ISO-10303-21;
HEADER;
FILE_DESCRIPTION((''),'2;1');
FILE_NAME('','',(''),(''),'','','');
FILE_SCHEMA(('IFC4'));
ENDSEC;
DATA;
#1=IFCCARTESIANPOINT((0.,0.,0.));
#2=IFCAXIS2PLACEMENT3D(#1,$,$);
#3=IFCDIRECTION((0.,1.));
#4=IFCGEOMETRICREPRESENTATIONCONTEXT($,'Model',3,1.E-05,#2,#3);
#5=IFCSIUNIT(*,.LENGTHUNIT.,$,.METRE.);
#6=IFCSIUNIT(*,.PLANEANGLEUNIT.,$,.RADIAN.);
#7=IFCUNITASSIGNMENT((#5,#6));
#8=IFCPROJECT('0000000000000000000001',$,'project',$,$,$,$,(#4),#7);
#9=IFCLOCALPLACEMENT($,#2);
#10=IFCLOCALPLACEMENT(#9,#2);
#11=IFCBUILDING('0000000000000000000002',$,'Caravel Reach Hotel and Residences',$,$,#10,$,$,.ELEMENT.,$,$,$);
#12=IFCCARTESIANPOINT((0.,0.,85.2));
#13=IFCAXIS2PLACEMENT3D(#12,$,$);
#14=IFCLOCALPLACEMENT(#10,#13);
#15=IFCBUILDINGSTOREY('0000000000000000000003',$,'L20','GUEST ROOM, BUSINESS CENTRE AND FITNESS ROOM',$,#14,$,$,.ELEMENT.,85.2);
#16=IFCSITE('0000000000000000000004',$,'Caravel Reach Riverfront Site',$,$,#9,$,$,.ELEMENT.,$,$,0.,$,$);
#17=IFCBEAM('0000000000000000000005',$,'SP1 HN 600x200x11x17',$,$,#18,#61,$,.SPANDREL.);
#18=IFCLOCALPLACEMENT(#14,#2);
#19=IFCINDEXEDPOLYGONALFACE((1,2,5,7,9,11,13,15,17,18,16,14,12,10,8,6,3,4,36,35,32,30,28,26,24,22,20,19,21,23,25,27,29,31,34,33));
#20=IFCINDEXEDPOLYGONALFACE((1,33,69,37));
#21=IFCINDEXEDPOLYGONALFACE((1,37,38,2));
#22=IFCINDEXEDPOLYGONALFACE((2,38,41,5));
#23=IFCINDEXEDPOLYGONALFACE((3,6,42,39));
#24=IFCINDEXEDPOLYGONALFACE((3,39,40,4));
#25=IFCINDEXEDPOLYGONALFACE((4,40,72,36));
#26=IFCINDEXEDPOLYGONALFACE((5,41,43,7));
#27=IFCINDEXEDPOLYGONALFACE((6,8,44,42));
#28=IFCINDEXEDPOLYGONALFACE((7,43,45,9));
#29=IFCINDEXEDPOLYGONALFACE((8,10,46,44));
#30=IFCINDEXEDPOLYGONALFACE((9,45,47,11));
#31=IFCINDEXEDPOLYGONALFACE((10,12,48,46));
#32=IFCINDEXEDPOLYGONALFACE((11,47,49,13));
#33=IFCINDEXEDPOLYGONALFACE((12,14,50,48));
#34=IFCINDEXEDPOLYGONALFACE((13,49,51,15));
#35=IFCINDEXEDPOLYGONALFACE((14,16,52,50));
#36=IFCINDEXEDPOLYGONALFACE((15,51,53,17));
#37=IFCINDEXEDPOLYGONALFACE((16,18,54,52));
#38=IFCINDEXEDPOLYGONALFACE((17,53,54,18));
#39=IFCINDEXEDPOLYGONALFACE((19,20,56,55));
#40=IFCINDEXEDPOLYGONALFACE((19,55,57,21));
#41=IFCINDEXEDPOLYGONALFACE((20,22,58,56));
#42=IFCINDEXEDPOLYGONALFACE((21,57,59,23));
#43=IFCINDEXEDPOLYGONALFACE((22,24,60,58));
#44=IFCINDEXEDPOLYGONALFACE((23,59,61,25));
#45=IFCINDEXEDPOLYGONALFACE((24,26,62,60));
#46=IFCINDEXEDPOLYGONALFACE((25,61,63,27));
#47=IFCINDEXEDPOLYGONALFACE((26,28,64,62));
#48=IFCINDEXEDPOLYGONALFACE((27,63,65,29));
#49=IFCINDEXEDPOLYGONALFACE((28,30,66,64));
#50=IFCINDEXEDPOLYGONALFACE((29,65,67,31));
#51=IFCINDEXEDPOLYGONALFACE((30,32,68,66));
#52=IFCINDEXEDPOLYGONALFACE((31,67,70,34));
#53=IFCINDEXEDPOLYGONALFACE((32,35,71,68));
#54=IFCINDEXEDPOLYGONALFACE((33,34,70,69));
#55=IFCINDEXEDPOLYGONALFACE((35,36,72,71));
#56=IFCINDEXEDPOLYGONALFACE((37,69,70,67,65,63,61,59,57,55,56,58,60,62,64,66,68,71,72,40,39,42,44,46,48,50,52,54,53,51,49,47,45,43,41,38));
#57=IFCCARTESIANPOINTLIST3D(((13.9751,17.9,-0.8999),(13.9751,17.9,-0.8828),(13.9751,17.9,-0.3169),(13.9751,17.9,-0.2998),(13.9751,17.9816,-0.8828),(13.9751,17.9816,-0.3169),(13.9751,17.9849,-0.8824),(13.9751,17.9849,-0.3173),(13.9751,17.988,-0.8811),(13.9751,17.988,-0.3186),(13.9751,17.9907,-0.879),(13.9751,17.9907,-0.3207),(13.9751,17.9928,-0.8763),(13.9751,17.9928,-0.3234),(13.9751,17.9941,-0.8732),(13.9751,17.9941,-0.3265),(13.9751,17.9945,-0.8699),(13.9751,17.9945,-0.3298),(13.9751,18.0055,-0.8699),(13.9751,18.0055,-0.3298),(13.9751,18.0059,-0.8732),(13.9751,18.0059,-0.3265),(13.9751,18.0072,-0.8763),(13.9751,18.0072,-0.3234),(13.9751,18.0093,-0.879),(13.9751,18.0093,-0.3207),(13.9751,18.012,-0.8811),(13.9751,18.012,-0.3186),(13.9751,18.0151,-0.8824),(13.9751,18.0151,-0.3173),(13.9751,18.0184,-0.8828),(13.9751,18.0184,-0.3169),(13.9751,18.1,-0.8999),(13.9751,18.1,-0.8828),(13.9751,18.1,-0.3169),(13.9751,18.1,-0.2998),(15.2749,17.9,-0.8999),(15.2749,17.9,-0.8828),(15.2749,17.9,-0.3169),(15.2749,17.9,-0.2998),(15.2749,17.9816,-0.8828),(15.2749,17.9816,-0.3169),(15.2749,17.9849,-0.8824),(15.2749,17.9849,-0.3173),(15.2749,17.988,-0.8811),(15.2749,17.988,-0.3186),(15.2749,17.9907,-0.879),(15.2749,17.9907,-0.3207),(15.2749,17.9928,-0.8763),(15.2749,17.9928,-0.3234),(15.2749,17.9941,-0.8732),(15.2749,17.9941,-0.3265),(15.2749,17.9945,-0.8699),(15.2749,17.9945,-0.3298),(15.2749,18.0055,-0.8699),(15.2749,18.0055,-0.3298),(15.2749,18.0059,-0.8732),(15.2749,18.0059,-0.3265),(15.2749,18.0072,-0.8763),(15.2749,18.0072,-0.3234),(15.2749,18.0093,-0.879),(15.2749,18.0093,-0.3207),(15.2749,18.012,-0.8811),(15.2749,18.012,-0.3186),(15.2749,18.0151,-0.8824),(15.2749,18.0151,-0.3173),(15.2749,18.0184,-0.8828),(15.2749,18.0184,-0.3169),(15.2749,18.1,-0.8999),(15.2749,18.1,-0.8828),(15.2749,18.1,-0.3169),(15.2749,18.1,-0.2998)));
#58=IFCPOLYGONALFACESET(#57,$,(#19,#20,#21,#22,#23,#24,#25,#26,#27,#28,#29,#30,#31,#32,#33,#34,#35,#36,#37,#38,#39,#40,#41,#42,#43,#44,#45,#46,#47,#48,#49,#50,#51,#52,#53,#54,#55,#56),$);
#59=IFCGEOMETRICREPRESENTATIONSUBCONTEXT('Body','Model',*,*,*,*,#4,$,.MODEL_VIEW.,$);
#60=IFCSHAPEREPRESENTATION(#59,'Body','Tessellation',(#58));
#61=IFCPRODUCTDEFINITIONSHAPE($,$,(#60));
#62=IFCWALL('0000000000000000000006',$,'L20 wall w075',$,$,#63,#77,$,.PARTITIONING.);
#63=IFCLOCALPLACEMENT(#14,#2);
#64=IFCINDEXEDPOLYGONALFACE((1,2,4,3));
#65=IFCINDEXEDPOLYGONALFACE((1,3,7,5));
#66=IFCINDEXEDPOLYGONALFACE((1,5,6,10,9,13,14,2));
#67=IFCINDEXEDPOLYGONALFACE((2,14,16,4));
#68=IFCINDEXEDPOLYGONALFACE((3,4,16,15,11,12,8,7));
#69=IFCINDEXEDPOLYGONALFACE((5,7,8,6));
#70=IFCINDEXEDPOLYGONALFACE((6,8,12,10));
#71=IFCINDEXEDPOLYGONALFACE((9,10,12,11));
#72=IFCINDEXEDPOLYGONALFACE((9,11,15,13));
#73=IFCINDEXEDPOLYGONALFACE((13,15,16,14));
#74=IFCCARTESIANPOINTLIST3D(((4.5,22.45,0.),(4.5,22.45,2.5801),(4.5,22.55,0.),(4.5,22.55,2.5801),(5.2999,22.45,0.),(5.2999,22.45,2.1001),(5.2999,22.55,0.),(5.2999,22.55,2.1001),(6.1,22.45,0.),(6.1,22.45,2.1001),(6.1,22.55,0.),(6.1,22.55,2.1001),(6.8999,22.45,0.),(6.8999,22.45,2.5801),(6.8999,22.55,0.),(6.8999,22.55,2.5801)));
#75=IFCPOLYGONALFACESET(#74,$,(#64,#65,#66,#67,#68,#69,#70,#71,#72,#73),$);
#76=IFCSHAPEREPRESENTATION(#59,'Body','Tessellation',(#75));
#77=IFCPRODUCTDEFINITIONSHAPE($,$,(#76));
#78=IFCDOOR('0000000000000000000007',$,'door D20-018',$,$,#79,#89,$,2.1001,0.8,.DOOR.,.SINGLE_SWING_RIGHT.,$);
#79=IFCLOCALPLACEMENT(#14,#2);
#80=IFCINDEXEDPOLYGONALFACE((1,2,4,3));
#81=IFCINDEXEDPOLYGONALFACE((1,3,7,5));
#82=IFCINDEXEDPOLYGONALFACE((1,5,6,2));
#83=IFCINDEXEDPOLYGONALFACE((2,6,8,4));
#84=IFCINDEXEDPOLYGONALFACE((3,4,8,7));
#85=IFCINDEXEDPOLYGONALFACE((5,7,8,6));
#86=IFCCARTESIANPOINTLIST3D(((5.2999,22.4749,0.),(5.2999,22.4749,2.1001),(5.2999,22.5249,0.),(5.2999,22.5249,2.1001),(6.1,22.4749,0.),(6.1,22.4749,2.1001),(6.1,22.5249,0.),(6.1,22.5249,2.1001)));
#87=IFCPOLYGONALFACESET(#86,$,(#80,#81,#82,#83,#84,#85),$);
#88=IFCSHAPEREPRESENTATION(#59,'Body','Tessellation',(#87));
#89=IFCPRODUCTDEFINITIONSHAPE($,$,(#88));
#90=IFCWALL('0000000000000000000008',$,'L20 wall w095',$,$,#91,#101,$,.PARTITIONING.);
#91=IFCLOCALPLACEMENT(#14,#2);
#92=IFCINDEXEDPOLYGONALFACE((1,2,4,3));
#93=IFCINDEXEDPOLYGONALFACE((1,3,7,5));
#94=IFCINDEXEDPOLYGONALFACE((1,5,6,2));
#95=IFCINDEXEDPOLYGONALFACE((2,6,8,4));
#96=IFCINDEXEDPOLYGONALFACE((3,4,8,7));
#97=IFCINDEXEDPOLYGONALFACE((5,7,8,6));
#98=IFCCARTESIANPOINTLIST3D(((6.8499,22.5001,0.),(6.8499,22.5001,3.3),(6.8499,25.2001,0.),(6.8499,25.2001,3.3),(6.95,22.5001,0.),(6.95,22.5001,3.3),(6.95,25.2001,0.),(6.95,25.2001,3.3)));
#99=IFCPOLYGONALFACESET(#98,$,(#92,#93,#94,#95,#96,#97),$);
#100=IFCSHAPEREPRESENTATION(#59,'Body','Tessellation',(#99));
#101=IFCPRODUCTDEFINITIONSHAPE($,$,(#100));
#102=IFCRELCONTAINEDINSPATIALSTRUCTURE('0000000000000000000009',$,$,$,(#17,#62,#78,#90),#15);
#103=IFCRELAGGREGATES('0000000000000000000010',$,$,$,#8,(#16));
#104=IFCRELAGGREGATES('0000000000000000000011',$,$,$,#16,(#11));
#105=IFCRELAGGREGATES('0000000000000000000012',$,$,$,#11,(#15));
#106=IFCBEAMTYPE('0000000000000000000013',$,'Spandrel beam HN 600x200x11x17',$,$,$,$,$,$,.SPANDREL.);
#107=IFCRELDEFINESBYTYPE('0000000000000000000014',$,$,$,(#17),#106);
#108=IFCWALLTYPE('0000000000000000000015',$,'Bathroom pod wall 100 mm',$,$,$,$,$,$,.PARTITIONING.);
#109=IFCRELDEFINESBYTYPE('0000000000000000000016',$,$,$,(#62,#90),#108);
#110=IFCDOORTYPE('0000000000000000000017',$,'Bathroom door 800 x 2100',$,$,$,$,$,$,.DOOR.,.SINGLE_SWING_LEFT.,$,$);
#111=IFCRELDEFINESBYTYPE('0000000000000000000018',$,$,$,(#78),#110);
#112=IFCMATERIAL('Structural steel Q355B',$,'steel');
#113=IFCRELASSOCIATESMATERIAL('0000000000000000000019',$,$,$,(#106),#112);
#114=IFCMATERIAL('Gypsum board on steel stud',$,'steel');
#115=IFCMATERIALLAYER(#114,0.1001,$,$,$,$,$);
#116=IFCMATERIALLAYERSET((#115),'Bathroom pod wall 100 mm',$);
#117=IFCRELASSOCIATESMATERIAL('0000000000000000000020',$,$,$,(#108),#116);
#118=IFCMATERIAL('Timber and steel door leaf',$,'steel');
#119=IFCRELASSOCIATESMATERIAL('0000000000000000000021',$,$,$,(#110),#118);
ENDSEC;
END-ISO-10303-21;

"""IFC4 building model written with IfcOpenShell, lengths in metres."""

from ifc_helpers import new_model, si_unit, direction, frame, frame_2d, origin, origin_2d, place, context, subcontext, project, spatial, rectangle, i_section, extrude, material, layer, layer_set, material_profile, profile_set, type_object, element, fill, save


model = new_model("IFC4")

# Units and contexts
model_context = context("Model", 3, precision=1e-05, world=origin(), true_north=direction((0.0, 1.0)))
body_context = subcontext(model_context, "Body", "Model", "MODEL_VIEW")
ifc_project = project(units=[si_unit("LENGTHUNIT", "METRE"), si_unit("PLANEANGLEUNIT", "RADIAN")], contexts=[model_context])

# Site, building, storey
site_placement = place(None, origin())
site = spatial("IfcSite", under=ifc_project, at=site_placement, Name="Caravel Reach Riverfront Site", CompositionType="ELEMENT", RefElevation=0.0)
building_placement = place(site_placement, origin())
building = spatial("IfcBuilding", under=site, at=building_placement, Name="Caravel Reach Hotel and Residences", CompositionType="ELEMENT")
storey_placement = place(building_placement, frame((0.0, 0.0, 85.2)))
storey = spatial("IfcBuildingStorey", under=building, at=storey_placement, Name="L20", Description="GUEST ROOM, BUSINESS CENTRE AND FITNESS ROOM", CompositionType="ELEMENT", Elevation=85.2)

# Beam
ifc_material_1 = material(Name="Structural steel Q355B", Category="steel")
ifc_material_profile_1 = material_profile(ifc_material_1, i_section(OverallWidth=0.2, OverallDepth=0.6001, WebThickness=0.011, FlangeThickness=0.0171, FilletRadius=0.0129, at=origin_2d()), Name="HN 600x200x11x17")
ifc_profile_set_1 = profile_set([ifc_material_profile_1], Name="Structural steel Q355B")
beam_type_1 = type_object("IfcBeamType", Name="Spandrel beam HN 600x200x11x17", PredefinedType="SPANDREL", material=ifc_profile_set_1)
for number, where, z_axis, x_axis, name in (
    (1, (13.9751, 18.0, -0.5999), (1.0, 0.0, 0.0), (0.0, 1.0, 0.0), "SP1 HN 600x200x11x17"),
):
    element("IfcBeam", number, at=place(storey_placement, frame(where, z_axis=z_axis, x_axis=x_axis)), inside=storey, type_object=beam_type_1, Name=name, PredefinedType="SPANDREL", context=body_context, shape_type="SweptSolid", body=[
        extrude(i_section(OverallWidth=0.2, OverallDepth=0.6001, WebThickness=0.011, FlangeThickness=0.0171, FilletRadius=0.0129, at=origin_2d()), origin(), (0.0, 0.0, 1.0), 1.2998),
    ])

# Wall, opening, door
ifc_material_2 = material(Name="Gypsum board on steel stud", Category="steel")
ifc_layer_1 = layer(ifc_material_2, 0.1001)
ifc_layer_set_1 = layer_set([ifc_layer_1], Name="Bathroom pod wall 100 mm")
wall_type_1 = type_object("IfcWallType", Name="Bathroom pod wall 100 mm", PredefinedType="PARTITIONING", material=ifc_layer_set_1)
wall_1_placement = place(storey_placement, frame((4.5, 22.5, 0.0), z_axis=(0.0, 0.0, 1.0), x_axis=(1.0, 0.0, 0.0)))
wall_1 = element("IfcWall", 2, at=wall_1_placement, inside=storey, type_object=wall_type_1, Name="L20 wall w075", PredefinedType="PARTITIONING", context=body_context, shape_type="SweptSolid", body=[
    extrude(rectangle(XDim=2.3999, YDim=0.1001, at=frame_2d((1.2, 0.0))), origin(), (0.0, 0.0, 1.0), 2.5801),
])
opening_1_placement = place(wall_1_placement, frame((0.8, 0.0, 0.0)))
opening_1 = element("IfcOpeningElement", 3, at=opening_1_placement, cuts=wall_1, PredefinedType="OPENING", context=body_context, shape_type="SweptSolid", body=[
    extrude(rectangle(XDim=0.8, YDim=2.1001, at=frame_2d((0.3999, 1.05))), frame((0.0, 0.0601, 0.0), z_axis=(0.0, -1.0, 0.0), x_axis=(1.0, 0.0, 0.0)), (0.0, 0.0, 1.0), 0.1201),
])
ifc_material_3 = material(Name="Timber and steel door leaf", Category="steel")
door_type_1 = type_object("IfcDoorType", Name="Bathroom door 800 x 2100", OperationType="SINGLE_SWING_LEFT", PredefinedType="DOOR", material=ifc_material_3)
door_1_placement = place(opening_1_placement, origin())
door_1 = element("IfcDoor", 4, at=door_1_placement, inside=storey, type_object=door_type_1, Name="door D20-018", OperationType="SINGLE_SWING_RIGHT", OverallHeight=2.1001, OverallWidth=0.8, PredefinedType="DOOR", context=body_context, shape_type="SweptSolid", body=[
    extrude(rectangle(XDim=0.8, YDim=2.1001, at=frame_2d((0.3999, 1.05))), frame((0.0, 0.0249, 0.0), z_axis=(0.0, -1.0, 0.0), x_axis=(1.0, 0.0, 0.0)), (0.0, 0.0, 1.0), 0.05),
])
fill(opening_1, door_1)

# Wall
wall_2_placement = place(storey_placement, frame((6.8999, 22.5, 0.0), z_axis=(0.0, 0.0, 1.0), x_axis=(0.0, 1.0, 0.0)))
element("IfcWall", 5, at=wall_2_placement, inside=storey, type_object=wall_type_1, Name="L20 wall w095", PredefinedType="PARTITIONING", context=body_context, shape_type="SweptSolid", body=[
    extrude(rectangle(XDim=2.7, YDim=0.1001, at=frame_2d((1.3501, 0.0))), origin(), (0.0, 0.0, 1.0), 3.3),
])

save(model, "model.ifc")
